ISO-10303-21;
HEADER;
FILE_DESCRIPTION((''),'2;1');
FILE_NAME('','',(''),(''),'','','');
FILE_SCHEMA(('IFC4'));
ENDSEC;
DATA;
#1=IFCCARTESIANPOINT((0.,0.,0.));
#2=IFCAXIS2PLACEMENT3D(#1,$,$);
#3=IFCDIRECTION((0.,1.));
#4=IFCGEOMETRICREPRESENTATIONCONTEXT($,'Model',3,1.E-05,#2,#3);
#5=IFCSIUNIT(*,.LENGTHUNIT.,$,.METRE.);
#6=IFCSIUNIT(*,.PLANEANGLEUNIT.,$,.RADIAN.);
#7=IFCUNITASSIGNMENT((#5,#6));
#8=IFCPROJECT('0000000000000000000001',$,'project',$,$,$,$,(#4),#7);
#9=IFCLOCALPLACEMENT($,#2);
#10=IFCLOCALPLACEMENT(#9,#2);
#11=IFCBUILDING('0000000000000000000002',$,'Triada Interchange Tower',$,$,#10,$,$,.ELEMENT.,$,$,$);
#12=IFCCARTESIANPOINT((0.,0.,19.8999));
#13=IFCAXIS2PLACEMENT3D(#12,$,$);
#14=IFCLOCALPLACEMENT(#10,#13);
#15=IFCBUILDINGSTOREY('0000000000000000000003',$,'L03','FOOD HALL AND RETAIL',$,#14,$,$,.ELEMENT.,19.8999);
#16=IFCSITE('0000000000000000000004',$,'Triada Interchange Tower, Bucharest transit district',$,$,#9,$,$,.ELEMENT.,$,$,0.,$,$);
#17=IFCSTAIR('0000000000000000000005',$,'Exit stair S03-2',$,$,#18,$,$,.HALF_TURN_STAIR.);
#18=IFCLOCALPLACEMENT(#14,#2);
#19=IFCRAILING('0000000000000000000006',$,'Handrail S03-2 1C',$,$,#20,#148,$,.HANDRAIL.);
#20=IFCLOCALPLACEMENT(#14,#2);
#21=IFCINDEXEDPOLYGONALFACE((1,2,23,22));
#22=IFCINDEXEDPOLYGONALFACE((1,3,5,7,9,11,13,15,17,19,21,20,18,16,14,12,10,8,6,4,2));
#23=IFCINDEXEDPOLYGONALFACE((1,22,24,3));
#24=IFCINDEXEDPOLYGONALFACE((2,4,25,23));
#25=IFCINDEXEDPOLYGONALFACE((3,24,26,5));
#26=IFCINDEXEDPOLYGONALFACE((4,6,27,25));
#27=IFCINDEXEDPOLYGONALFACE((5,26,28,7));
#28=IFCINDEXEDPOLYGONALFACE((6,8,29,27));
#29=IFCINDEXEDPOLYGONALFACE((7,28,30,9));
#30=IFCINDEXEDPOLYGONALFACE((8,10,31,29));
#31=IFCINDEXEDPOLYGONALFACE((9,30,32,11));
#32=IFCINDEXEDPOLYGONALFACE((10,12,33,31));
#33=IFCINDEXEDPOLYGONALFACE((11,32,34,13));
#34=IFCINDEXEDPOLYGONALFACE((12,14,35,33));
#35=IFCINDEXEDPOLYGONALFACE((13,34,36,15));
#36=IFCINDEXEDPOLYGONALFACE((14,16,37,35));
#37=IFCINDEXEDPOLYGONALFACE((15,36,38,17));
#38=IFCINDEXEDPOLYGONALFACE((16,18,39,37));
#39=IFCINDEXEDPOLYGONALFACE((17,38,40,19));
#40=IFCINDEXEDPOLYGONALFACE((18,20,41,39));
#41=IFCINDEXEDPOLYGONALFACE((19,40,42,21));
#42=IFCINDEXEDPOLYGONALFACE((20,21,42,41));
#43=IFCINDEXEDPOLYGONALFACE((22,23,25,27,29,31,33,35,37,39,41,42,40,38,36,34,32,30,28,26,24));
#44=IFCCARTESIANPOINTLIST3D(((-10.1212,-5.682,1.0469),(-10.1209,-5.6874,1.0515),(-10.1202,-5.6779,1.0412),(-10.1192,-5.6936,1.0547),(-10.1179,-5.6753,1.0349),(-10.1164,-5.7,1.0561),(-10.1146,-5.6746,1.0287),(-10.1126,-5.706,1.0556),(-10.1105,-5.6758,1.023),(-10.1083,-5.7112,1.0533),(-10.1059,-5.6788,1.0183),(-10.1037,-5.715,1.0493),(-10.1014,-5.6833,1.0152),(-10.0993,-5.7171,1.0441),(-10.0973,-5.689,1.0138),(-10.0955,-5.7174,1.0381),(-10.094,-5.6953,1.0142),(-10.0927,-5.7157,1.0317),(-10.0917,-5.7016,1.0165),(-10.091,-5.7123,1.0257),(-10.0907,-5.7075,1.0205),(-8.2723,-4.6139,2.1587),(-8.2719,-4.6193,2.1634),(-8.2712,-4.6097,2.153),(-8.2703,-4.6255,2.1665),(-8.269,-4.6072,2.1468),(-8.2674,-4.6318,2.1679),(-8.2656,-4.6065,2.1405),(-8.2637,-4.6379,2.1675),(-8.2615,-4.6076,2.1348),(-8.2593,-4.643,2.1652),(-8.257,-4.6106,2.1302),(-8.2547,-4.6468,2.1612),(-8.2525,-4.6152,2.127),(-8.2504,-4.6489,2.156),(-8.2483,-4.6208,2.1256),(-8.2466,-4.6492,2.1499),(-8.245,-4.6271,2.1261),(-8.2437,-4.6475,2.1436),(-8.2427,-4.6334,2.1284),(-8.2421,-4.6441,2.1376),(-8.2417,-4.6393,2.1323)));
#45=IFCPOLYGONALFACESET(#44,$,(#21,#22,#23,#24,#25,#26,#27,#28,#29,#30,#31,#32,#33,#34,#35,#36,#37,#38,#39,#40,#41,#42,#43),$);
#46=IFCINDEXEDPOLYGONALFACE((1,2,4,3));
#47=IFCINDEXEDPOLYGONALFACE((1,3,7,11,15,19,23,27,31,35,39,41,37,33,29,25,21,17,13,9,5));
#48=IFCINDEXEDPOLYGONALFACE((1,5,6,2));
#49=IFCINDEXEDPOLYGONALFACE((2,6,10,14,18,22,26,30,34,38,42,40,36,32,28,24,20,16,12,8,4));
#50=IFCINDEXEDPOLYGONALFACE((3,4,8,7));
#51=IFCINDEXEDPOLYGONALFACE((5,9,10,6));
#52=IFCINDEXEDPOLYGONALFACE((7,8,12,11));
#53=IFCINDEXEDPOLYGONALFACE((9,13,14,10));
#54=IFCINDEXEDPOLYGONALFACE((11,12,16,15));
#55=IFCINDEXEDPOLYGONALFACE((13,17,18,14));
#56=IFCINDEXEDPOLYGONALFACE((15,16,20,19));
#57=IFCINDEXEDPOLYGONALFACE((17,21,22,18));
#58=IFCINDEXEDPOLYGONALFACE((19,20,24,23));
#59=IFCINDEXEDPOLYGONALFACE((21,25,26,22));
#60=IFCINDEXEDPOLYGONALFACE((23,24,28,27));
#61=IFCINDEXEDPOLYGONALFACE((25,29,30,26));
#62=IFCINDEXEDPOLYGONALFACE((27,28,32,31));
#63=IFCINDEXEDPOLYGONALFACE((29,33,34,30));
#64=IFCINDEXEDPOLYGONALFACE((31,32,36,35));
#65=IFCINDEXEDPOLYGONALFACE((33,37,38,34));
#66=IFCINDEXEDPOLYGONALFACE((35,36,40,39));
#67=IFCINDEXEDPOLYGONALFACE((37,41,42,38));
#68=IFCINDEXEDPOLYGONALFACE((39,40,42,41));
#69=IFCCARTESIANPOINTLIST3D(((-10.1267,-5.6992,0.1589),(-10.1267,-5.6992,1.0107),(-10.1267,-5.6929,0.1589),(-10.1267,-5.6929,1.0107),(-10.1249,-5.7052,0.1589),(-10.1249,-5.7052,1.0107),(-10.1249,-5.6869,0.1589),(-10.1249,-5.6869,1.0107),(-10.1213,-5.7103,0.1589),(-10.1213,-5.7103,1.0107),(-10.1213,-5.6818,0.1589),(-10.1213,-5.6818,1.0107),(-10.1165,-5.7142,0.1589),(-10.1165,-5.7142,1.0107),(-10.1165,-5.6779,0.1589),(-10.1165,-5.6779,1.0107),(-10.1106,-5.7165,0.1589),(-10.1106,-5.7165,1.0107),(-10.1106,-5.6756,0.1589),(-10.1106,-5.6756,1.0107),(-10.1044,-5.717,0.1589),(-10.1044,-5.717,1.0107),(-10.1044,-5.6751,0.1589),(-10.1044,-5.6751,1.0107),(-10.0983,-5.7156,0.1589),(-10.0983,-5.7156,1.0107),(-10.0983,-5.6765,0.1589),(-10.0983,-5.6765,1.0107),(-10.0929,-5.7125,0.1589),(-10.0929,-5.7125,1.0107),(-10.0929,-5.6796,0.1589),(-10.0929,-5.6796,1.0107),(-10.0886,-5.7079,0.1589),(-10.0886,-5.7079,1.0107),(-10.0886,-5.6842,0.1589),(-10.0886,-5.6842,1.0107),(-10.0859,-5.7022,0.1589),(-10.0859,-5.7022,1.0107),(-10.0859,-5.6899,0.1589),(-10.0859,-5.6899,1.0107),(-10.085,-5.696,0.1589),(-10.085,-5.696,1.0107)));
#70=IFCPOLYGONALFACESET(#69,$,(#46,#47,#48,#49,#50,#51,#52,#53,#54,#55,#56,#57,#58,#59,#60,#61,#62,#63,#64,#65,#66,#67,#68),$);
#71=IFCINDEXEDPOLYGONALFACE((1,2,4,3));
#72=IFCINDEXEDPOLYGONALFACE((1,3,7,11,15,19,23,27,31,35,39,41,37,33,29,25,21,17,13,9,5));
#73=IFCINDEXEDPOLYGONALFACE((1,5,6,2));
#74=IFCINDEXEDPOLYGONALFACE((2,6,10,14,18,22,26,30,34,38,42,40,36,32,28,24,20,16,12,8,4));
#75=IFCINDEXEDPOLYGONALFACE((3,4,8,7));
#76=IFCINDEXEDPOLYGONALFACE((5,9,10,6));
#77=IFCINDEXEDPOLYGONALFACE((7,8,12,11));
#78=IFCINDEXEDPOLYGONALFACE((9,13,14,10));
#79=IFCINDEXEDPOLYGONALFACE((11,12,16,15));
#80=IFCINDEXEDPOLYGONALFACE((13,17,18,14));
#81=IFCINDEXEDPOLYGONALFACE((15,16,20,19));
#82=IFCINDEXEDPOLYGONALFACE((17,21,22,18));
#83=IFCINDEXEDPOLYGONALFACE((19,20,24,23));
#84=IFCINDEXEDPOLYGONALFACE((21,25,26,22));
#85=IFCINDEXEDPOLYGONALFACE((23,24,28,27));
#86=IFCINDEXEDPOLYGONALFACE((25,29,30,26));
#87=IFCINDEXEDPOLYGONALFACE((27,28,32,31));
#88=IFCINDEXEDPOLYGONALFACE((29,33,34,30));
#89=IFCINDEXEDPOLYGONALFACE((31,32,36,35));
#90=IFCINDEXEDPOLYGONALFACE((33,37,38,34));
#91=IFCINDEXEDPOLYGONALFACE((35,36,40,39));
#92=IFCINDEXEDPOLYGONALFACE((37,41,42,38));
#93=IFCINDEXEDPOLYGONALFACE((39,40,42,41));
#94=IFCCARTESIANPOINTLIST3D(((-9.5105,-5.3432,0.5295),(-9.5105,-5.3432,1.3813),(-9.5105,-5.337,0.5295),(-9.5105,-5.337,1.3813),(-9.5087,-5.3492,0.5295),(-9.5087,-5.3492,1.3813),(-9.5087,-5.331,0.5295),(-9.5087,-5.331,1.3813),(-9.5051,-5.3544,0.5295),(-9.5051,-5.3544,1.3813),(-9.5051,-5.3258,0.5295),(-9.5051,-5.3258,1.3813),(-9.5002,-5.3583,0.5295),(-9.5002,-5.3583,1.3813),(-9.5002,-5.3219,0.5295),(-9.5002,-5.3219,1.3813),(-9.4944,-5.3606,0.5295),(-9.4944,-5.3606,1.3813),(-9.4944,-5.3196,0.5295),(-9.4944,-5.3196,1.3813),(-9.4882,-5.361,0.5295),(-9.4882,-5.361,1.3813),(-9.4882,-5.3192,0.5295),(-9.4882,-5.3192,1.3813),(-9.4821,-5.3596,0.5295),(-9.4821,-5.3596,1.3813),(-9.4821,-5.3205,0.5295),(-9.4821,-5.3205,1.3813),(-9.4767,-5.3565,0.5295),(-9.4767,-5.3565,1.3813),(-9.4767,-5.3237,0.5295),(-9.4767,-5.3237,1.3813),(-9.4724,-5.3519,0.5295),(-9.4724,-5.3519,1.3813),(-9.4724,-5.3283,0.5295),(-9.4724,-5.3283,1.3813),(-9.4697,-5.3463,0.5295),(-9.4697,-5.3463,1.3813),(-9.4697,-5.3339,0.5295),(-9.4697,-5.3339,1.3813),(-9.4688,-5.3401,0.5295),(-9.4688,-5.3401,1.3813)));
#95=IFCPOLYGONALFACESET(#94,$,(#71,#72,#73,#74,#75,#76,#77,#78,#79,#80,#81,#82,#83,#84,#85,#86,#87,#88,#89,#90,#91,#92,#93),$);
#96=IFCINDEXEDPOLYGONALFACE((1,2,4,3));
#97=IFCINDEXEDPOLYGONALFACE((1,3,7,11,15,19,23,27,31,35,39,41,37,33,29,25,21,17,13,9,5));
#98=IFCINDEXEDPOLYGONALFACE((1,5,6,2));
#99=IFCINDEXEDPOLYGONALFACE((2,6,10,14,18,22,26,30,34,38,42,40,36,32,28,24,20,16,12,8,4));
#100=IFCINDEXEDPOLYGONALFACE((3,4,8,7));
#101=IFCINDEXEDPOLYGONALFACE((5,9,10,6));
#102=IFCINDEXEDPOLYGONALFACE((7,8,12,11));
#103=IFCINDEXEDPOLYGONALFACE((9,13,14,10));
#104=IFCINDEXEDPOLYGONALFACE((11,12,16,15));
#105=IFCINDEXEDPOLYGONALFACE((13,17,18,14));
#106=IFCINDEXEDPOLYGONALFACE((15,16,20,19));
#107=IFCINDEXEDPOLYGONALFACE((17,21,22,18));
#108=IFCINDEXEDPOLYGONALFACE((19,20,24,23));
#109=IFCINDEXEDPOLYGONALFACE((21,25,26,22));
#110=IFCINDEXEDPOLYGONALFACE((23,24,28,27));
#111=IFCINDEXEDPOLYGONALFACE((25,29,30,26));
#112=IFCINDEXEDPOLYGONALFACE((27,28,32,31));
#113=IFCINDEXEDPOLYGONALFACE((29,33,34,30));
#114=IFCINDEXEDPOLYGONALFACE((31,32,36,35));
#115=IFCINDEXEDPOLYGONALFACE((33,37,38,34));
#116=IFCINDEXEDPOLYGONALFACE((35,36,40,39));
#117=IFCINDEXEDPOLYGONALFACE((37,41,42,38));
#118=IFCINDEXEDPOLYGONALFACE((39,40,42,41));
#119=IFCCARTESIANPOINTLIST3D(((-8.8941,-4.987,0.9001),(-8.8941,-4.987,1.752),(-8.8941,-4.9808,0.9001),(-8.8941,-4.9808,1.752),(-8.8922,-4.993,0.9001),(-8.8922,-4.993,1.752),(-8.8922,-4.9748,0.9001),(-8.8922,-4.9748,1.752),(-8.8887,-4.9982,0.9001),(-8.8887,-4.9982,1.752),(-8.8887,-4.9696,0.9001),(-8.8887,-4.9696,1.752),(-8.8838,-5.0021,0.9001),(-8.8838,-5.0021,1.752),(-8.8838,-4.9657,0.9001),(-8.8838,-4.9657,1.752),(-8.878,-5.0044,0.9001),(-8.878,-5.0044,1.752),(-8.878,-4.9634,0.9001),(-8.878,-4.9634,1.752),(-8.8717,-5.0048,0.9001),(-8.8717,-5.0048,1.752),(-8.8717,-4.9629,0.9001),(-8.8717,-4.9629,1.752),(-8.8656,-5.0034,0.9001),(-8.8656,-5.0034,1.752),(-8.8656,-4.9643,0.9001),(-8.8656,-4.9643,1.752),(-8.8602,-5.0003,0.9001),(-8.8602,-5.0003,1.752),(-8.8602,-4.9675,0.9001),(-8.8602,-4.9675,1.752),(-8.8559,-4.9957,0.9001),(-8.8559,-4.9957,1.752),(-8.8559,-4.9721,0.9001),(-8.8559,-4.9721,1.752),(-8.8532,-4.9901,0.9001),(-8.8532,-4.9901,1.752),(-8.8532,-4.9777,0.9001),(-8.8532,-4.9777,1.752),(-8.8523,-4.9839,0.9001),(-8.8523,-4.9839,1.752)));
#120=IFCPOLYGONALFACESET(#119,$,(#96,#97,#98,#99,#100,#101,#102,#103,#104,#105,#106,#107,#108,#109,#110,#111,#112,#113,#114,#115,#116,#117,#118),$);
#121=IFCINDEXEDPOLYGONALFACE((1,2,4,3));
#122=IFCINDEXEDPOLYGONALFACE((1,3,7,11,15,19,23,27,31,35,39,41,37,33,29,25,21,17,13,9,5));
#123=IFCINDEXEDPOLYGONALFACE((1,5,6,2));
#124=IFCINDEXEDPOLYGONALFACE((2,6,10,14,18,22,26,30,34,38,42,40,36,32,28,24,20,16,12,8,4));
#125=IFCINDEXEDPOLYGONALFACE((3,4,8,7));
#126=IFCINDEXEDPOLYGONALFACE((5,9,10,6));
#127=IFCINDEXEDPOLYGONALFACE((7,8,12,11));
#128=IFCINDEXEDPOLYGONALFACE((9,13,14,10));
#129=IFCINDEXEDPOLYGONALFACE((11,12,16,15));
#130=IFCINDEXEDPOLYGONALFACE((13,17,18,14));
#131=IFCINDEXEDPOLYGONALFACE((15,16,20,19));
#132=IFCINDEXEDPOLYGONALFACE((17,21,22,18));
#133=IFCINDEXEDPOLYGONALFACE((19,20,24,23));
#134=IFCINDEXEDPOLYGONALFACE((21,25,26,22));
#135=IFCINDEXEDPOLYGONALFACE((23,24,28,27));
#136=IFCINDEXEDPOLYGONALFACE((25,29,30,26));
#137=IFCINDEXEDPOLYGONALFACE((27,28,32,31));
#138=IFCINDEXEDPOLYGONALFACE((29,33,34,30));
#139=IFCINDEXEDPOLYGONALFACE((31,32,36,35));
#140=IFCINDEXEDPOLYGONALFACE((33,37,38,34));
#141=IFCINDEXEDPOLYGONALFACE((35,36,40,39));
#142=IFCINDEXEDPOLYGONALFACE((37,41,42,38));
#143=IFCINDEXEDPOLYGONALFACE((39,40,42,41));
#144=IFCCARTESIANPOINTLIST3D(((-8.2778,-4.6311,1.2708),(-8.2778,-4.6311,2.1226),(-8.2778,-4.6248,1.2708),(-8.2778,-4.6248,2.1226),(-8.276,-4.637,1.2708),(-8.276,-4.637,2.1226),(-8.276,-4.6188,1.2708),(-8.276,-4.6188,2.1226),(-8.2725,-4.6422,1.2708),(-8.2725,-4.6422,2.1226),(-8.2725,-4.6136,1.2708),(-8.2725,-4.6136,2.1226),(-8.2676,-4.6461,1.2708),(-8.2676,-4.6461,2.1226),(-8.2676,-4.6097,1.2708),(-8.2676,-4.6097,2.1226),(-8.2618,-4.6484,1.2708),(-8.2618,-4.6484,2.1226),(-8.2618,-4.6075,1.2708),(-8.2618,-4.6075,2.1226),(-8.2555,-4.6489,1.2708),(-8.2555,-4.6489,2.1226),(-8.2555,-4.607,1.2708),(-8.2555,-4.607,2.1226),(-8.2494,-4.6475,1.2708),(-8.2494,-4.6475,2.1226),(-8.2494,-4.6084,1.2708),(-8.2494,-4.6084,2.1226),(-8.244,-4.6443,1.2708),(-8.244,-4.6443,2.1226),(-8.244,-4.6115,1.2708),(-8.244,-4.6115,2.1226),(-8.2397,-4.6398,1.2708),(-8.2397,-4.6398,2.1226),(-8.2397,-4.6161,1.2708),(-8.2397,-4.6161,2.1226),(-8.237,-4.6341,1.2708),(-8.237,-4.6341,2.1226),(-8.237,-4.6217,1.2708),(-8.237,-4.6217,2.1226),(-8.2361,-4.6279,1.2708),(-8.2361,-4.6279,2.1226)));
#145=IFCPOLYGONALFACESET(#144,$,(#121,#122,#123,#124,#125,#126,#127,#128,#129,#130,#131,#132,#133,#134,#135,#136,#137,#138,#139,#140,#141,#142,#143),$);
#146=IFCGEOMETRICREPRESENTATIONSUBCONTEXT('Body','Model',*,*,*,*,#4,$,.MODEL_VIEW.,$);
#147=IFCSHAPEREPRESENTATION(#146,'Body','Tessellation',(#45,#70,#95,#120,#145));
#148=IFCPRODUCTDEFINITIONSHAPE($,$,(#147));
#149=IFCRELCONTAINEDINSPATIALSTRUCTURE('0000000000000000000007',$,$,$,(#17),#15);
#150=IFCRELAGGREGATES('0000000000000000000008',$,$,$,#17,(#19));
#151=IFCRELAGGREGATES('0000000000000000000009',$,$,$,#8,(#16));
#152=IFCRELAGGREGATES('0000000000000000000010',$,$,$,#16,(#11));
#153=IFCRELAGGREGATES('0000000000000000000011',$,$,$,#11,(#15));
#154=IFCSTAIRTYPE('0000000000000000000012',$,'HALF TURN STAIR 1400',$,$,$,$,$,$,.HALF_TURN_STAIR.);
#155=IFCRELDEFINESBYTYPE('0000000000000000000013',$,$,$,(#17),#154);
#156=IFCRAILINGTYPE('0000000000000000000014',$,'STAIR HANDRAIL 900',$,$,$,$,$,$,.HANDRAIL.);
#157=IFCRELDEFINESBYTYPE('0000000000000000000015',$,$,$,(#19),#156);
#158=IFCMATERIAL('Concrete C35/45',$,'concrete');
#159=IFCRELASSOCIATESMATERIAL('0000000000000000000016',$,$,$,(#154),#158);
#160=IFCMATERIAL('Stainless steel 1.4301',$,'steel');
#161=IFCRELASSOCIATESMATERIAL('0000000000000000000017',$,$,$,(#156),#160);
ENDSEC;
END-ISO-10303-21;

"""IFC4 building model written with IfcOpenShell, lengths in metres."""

from ifc_helpers import new_model, si_unit, direction, frame, origin, origin_2d, place, context, subcontext, project, spatial, circle, extrude, material, type_object, element, aggregate, save


model = new_model("IFC4")

# Units and contexts
model_context = context("Model", 3, precision=1e-05, world=origin(), true_north=direction((0.0, 1.0)))
body_context = subcontext(model_context, "Body", "Model", "MODEL_VIEW")
ifc_project = project(units=[si_unit("LENGTHUNIT", "METRE"), si_unit("PLANEANGLEUNIT", "RADIAN")], contexts=[model_context])

# Site, building, storey
site_placement = place(None, origin())
site = spatial("IfcSite", under=ifc_project, at=site_placement, Name="Triada Interchange Tower, Bucharest transit district", CompositionType="ELEMENT", RefElevation=0.0)
building_placement = place(site_placement, origin())
building = spatial("IfcBuilding", under=site, at=building_placement, Name="Triada Interchange Tower", CompositionType="ELEMENT")
storey_placement = place(building_placement, frame((0.0, 0.0, 19.8999)))
storey = spatial("IfcBuildingStorey", under=building, at=storey_placement, Name="L03", Description="FOOD HALL AND RETAIL", CompositionType="ELEMENT", Elevation=19.8999)

# Shared definitions
ifc_material_1 = material(Name="Concrete C35/45", Category="concrete")

# Stair, railing
stair_type = type_object("IfcStairType", Name="HALF TURN STAIR 1400", PredefinedType="HALF_TURN_STAIR", material=ifc_material_1)
stair_placement = place(storey_placement, origin())
stair = element("IfcStair", 1, at=stair_placement, inside=storey, type_object=stair_type, Name="Exit stair S03-2", PredefinedType="HALF_TURN_STAIR")
ifc_material_2 = material(Name="Stainless steel 1.4301", Category="steel")
railing_type = type_object("IfcRailingType", Name="STAIR HANDRAIL 900", PredefinedType="HANDRAIL", material=ifc_material_2)
railing_1_placement = place(storey_placement, frame((-10.106, -5.696, 0.1589)))
railing_1 = element("IfcRailing", 2, at=railing_1_placement, type_object=railing_type, Name="Handrail S03-2 1C", PredefinedType="HANDRAIL", context=body_context, shape_type="SweptSolid", body=[
    extrude(circle(Radius=0.0239, at=origin_2d()), frame((0.0, 0.0, 0.876), z_axis=(0.768012, 0.443689, 0.461842), x_axis=(-0.500234, 0.86589, 0.0)), (0.0, 0.0, 1.0), 2.4075),
    extrude(circle(Radius=0.021, at=origin_2d()), origin(), (0.0, 0.0, 1.0), 0.8518),
    extrude(circle(Radius=0.021, at=origin_2d()), frame((0.6162, 0.356, 0.3706)), (0.0, 0.0, 1.0), 0.8518),
    extrude(circle(Radius=0.021, at=origin_2d()), frame((1.2327, 0.7122, 0.7412)), (0.0, 0.0, 1.0), 0.8518),
    extrude(circle(Radius=0.021, at=origin_2d()), frame((1.8489, 1.0681, 1.1118)), (0.0, 0.0, 1.0), 0.8518),
])
aggregate(stair, [railing_1])

save(model, "model.ifc")
